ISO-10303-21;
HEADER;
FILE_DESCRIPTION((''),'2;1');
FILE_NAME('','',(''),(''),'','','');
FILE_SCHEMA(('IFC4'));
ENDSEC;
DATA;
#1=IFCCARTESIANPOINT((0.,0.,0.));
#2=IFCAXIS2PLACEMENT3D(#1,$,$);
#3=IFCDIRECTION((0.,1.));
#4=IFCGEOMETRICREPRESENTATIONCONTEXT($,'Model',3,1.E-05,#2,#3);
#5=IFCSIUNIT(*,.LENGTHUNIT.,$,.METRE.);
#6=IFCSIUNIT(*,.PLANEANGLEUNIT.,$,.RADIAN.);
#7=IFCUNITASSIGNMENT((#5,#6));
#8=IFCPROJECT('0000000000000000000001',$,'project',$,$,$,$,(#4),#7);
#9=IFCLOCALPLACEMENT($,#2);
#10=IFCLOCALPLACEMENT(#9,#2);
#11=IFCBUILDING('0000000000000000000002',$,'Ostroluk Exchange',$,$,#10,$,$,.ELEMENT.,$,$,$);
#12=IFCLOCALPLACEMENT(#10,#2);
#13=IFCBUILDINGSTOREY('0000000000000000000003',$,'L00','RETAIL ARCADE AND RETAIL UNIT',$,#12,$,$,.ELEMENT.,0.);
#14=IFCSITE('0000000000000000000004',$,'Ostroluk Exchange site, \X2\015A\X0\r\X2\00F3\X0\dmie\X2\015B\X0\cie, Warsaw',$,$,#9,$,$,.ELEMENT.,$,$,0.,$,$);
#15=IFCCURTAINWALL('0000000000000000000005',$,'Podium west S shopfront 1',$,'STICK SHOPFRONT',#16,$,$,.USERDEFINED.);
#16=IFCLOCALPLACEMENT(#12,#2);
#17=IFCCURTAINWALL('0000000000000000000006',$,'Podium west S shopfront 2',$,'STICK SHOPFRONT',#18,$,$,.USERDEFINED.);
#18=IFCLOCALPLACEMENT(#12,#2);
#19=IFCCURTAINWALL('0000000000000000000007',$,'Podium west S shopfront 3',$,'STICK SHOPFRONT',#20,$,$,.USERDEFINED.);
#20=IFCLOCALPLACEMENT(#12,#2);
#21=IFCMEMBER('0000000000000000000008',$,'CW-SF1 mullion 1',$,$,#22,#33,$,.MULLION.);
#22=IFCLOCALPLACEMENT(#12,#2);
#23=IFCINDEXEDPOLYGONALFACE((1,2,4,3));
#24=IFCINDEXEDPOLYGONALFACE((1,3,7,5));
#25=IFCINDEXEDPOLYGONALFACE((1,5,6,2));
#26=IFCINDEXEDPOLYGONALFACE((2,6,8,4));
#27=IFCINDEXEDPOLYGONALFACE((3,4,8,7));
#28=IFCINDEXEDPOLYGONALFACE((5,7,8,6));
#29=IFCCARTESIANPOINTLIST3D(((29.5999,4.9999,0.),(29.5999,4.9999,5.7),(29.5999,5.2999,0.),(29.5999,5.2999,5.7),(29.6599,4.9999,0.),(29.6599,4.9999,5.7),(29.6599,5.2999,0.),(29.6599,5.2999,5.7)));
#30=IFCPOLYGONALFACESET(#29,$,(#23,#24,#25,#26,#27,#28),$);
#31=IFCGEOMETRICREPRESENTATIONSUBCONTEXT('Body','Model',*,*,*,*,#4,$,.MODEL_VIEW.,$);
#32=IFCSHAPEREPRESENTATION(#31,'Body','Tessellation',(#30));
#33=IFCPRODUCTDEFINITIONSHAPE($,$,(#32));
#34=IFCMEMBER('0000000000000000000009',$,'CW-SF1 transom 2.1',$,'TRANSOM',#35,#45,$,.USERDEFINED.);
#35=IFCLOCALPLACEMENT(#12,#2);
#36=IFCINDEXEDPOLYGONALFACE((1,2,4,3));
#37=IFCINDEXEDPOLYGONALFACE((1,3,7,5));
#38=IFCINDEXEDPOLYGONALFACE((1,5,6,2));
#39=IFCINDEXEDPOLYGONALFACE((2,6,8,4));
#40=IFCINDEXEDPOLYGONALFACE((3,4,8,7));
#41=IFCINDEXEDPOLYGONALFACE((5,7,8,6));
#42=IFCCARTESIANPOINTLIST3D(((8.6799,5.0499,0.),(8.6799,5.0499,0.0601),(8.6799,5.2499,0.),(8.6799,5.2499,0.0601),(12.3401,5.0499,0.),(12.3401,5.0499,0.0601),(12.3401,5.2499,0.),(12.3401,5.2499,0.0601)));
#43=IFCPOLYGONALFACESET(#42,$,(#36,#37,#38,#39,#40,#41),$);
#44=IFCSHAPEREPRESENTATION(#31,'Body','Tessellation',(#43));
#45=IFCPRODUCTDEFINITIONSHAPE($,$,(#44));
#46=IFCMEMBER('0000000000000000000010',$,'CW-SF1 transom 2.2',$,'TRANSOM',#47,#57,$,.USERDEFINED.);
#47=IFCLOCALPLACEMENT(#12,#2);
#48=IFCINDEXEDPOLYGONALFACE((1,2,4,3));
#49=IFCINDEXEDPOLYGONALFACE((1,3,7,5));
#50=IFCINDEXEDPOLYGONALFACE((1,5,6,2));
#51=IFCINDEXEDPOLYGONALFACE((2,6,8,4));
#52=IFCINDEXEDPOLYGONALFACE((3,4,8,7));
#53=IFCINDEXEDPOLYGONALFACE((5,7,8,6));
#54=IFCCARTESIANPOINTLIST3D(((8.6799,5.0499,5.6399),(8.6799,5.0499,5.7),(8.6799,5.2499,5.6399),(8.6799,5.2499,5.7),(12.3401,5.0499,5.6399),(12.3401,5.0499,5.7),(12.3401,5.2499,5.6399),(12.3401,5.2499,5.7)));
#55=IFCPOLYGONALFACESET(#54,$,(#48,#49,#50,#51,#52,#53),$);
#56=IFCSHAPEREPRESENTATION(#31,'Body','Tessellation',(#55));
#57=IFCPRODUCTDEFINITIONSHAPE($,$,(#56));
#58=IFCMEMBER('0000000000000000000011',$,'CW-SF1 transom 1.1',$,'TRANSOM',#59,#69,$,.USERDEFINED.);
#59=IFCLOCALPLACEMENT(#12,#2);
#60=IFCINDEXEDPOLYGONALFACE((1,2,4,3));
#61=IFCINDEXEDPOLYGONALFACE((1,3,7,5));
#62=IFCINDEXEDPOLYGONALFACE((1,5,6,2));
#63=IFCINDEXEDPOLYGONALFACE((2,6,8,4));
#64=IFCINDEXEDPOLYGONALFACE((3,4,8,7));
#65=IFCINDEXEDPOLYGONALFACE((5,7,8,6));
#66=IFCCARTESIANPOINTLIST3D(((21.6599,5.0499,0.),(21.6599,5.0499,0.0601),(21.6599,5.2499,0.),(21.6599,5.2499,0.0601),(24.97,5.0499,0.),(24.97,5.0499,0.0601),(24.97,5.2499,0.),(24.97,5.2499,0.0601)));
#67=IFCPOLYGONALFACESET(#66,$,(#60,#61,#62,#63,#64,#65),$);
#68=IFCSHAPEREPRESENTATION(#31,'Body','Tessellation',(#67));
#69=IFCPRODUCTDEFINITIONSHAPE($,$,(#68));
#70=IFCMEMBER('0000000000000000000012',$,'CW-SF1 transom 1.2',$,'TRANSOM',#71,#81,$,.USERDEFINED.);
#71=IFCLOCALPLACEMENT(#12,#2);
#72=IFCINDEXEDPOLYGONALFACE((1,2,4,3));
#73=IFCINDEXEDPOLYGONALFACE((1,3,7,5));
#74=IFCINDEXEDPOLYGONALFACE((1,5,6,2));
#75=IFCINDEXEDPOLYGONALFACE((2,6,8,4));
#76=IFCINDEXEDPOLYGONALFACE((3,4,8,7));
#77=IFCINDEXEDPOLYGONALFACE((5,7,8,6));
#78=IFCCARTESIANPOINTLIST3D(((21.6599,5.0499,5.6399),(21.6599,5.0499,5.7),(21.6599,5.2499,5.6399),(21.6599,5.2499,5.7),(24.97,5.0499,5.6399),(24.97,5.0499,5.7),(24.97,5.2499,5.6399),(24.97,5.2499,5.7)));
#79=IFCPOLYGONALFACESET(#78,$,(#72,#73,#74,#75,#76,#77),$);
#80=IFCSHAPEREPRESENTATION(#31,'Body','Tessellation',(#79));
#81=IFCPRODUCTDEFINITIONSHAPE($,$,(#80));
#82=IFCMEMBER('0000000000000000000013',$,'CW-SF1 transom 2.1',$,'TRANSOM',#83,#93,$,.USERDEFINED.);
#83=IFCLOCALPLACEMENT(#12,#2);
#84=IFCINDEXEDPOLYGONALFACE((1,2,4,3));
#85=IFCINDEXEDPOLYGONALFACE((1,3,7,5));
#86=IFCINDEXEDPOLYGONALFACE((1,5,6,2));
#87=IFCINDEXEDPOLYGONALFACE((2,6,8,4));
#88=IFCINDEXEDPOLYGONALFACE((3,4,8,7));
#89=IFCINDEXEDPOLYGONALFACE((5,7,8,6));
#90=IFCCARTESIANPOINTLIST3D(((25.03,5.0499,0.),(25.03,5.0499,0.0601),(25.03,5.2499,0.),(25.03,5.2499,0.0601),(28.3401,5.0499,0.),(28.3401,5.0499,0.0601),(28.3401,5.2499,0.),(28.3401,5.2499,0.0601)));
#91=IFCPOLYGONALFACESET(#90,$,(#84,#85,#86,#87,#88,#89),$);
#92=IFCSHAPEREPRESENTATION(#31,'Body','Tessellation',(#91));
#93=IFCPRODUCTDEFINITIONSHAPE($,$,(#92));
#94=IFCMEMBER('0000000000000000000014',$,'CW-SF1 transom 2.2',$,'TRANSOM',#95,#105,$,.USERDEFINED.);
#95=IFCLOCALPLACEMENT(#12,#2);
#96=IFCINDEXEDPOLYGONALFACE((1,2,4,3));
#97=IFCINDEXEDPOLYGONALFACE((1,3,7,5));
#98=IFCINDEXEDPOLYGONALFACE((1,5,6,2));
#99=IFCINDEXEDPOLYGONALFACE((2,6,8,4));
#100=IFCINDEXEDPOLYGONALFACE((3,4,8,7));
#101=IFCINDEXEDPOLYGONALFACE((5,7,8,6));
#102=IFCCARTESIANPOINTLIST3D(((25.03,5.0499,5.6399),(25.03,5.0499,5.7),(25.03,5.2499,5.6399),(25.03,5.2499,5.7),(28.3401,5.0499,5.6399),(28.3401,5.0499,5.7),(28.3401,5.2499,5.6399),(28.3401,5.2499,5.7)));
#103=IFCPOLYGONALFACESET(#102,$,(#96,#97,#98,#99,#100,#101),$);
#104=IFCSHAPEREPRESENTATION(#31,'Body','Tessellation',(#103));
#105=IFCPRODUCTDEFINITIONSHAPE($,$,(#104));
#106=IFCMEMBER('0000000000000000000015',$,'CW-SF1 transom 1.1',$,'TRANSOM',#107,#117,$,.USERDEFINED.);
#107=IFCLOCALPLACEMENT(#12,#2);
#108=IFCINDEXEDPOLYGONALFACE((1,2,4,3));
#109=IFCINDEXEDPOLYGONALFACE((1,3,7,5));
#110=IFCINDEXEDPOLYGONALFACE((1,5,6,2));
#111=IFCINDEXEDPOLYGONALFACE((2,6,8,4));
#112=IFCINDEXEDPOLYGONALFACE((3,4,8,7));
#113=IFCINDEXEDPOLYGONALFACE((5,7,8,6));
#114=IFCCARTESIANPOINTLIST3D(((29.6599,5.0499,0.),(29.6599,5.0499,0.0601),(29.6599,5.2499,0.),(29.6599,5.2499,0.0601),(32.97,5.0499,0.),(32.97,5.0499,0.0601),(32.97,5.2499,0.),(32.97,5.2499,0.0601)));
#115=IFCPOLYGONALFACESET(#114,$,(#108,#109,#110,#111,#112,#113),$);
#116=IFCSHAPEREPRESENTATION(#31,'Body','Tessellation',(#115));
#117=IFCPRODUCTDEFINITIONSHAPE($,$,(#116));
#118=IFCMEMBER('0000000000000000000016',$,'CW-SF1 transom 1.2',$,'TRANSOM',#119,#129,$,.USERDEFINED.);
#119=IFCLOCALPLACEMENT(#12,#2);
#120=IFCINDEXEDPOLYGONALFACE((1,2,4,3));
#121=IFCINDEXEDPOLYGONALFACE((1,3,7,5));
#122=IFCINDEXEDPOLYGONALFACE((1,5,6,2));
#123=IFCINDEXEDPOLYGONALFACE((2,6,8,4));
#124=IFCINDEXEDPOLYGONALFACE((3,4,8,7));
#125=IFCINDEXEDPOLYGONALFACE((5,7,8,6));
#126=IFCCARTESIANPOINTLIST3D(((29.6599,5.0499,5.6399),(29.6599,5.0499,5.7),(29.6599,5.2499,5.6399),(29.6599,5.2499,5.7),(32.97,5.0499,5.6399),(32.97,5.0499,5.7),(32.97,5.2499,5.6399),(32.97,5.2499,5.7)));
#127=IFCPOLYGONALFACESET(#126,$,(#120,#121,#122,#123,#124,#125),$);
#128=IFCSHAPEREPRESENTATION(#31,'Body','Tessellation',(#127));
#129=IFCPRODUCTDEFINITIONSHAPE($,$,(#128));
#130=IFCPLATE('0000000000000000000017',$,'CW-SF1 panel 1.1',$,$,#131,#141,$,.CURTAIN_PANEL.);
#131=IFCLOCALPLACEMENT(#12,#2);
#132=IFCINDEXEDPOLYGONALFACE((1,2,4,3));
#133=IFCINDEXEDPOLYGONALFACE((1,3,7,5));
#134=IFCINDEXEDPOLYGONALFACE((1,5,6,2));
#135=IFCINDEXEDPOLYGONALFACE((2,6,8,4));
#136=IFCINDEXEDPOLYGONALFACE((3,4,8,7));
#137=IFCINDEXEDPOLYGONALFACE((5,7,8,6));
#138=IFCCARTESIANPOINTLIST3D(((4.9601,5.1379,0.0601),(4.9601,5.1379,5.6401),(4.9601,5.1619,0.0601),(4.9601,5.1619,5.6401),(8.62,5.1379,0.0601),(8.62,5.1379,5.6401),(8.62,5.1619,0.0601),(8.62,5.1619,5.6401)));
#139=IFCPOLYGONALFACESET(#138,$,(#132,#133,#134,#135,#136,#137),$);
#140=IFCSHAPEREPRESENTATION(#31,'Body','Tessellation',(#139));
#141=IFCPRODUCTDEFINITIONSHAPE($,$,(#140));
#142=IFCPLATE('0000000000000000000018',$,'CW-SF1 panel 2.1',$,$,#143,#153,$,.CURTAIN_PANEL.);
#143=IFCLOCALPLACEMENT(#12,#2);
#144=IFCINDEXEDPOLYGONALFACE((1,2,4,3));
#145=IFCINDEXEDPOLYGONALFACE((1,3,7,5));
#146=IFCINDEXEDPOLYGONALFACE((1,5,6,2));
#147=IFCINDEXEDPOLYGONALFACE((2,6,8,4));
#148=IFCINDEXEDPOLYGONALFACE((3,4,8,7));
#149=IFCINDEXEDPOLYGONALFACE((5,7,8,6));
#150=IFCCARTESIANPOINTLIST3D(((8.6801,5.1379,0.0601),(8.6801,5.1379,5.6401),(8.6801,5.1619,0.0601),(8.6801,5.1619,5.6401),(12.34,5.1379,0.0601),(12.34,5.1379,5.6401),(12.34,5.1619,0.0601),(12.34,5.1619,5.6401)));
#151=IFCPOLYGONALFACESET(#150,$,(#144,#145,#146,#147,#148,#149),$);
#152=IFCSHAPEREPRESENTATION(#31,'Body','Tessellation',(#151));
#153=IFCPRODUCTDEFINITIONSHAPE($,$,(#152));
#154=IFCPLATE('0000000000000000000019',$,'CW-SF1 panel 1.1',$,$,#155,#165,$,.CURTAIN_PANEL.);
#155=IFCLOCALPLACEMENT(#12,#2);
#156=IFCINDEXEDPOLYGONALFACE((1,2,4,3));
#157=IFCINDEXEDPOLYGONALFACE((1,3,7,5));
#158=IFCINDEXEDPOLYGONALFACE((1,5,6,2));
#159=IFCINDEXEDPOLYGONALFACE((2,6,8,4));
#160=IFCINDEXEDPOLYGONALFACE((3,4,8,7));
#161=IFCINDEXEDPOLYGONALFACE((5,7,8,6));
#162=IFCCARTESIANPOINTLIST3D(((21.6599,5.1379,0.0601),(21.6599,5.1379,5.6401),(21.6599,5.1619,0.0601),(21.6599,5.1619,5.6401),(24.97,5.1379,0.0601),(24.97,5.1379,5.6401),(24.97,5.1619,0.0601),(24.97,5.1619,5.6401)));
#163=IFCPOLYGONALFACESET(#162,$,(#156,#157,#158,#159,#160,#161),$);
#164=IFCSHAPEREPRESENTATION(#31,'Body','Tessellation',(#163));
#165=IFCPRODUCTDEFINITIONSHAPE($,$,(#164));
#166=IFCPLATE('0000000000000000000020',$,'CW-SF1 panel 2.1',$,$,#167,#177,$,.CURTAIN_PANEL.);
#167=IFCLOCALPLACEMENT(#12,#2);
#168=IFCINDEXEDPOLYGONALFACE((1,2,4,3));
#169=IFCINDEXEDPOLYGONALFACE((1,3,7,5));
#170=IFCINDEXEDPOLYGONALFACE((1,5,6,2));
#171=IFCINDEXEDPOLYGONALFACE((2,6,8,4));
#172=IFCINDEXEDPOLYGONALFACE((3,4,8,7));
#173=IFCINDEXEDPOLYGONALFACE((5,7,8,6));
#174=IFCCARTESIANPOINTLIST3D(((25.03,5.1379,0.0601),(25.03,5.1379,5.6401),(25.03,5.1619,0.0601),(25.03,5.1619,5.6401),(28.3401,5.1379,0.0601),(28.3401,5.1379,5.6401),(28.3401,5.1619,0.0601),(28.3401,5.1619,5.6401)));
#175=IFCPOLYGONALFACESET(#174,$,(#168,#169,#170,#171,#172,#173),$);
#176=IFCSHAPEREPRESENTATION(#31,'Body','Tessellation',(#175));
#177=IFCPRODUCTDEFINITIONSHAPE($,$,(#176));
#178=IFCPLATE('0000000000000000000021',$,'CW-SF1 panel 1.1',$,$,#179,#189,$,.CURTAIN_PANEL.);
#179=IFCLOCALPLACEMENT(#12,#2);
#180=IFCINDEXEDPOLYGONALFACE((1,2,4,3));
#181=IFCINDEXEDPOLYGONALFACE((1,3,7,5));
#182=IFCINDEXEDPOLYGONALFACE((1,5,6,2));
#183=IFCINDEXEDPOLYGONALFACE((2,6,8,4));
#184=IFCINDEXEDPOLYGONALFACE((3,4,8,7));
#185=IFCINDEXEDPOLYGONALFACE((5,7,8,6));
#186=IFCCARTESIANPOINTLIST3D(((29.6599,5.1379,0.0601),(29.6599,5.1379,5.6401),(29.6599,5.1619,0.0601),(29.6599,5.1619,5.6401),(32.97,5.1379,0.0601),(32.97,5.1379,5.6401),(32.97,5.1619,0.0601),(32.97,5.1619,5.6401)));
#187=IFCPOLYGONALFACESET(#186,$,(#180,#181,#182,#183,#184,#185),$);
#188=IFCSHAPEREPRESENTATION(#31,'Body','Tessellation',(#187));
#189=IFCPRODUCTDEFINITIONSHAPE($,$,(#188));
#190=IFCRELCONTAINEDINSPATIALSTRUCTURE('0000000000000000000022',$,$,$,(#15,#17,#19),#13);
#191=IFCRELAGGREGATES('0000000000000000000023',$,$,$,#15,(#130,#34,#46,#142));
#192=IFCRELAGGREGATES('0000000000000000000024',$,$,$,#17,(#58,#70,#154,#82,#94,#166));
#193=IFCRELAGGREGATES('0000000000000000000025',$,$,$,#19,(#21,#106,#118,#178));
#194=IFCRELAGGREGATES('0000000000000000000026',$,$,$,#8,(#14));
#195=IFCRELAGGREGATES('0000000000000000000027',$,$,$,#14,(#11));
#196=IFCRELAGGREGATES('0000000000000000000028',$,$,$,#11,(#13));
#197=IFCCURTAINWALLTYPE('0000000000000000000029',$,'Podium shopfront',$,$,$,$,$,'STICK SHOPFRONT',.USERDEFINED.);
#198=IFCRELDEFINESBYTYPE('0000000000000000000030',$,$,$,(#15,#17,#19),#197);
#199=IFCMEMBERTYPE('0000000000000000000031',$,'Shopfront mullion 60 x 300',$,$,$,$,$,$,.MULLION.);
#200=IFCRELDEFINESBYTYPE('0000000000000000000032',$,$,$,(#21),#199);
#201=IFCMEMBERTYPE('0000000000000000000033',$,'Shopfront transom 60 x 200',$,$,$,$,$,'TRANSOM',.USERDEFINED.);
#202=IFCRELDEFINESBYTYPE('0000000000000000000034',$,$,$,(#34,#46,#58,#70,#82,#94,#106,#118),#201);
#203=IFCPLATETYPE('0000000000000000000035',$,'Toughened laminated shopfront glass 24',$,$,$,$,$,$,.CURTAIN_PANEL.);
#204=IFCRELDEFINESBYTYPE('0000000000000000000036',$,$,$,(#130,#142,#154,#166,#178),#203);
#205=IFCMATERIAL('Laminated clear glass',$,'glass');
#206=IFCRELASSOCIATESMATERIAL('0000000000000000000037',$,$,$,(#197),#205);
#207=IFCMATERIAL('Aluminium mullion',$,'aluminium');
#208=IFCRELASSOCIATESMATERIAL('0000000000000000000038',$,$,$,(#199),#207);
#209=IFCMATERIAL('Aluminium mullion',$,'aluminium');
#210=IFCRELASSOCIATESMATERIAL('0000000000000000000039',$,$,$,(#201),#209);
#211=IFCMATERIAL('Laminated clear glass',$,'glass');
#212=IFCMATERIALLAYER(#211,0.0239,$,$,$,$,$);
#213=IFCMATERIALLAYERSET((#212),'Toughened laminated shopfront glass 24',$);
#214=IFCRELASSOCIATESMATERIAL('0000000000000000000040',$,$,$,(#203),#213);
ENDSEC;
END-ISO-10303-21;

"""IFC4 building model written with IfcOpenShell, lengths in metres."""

from ifc_helpers import new_model, si_unit, direction, frame, origin, origin_2d, place, context, subcontext, project, spatial, rectangle, extrude, material, layer, layer_set, material_profile, profile_set, type_object, element, aggregate, save


model = new_model("IFC4")

# Units and contexts
model_context = context("Model", 3, precision=1e-05, world=origin(), true_north=direction((0.0, 1.0)))
body_context = subcontext(model_context, "Body", "Model", "MODEL_VIEW")
ifc_project = project(units=[si_unit("LENGTHUNIT", "METRE"), si_unit("PLANEANGLEUNIT", "RADIAN")], contexts=[model_context])

# Site, building, storey
site_placement = place(None, origin())
site = spatial("IfcSite", under=ifc_project, at=site_placement, Name="Ostroluk Exchange site, Śródmieście, Warsaw", CompositionType="ELEMENT", RefElevation=0.0)
building_placement = place(site_placement, origin())
building = spatial("IfcBuilding", under=site, at=building_placement, Name="Ostroluk Exchange", CompositionType="ELEMENT")
storey_placement = place(building_placement, origin())
storey = spatial("IfcBuildingStorey", under=building, at=storey_placement, Name="L00", Description="RETAIL ARCADE AND RETAIL UNIT", CompositionType="ELEMENT", Elevation=0.0)

# Curtain walls
ifc_material_1 = material(Name="Laminated clear glass", Category="glass")
curtain_wall_type = type_object("IfcCurtainWallType", Name="Podium shopfront", ElementType="STICK SHOPFRONT", PredefinedType="USERDEFINED", material=ifc_material_1)
curtain_wall_1_placement = place(storey_placement, origin())
curtain_wall_1 = element("IfcCurtainWall", 1, at=curtain_wall_1_placement, inside=storey, type_object=curtain_wall_type, Name="Podium west S shopfront 1", ObjectType="STICK SHOPFRONT", PredefinedType="USERDEFINED")
ifc_material_2 = material(Name="Aluminium mullion", Category="aluminium")
ifc_material_profile_1 = material_profile(ifc_material_2, rectangle(XDim=0.3, YDim=0.0601, at=origin_2d()), Name="Shopfront mullion 60 x 300")
ifc_profile_set_1 = profile_set([ifc_material_profile_1], Name="Aluminium mullion")
member_type_1 = type_object("IfcMemberType", Name="Shopfront mullion 60 x 300", PredefinedType="MULLION", material=ifc_profile_set_1)
curtain_wall_2_placement = place(storey_placement, origin())
curtain_wall_2 = element("IfcCurtainWall", 2, at=curtain_wall_2_placement, inside=storey, type_object=curtain_wall_type, Name="Podium west S shopfront 2", ObjectType="STICK SHOPFRONT", PredefinedType="USERDEFINED")

# Curtain wall, member
curtain_wall_3_placement = place(storey_placement, origin())
curtain_wall_3 = element("IfcCurtainWall", 3, at=curtain_wall_3_placement, inside=storey, type_object=curtain_wall_type, Name="Podium west S shopfront 3", ObjectType="STICK SHOPFRONT", PredefinedType="USERDEFINED")
member_1_placement = place(storey_placement, frame((29.6299, 5.1499, 0.0), z_axis=(0.0, 0.0, 1.0), x_axis=(0.0, 1.0, 0.0)))
member_1 = element("IfcMember", 4, at=member_1_placement, type_object=member_type_1, Name="CW-SF1 mullion 1", PredefinedType="MULLION", context=body_context, shape_type="SweptSolid", body=[
    extrude(rectangle(XDim=0.3, YDim=0.0601, at=origin_2d()), origin(), (0.0, 0.0, 1.0), 5.7),
])

# Members
ifc_material_3 = material(Name="Aluminium mullion", Category="aluminium")
ifc_material_profile_2 = material_profile(ifc_material_3, rectangle(XDim=0.2, YDim=0.0601, at=origin_2d()), Name="Shopfront transom 60 x 200")
ifc_profile_set_2 = profile_set([ifc_material_profile_2], Name="Aluminium mullion")
member_type_2 = type_object("IfcMemberType", Name="Shopfront transom 60 x 200", ElementType="TRANSOM", PredefinedType="USERDEFINED", material=ifc_profile_set_2)
member_2_placement = place(storey_placement, frame((8.6799, 5.1499, 0.03), z_axis=(1.0, 0.0, 0.0), x_axis=(0.0, 1.0, 0.0)))
member_2 = element("IfcMember", 5, at=member_2_placement, type_object=member_type_2, Name="CW-SF1 transom 2.1", ObjectType="TRANSOM", PredefinedType="USERDEFINED", context=body_context, shape_type="SweptSolid", body=[
    extrude(rectangle(XDim=0.2, YDim=0.0601, at=origin_2d()), origin(), (0.0, 0.0, 1.0), 3.6602),
])
member_3_placement = place(storey_placement, frame((8.6799, 5.1499, 5.6699), z_axis=(1.0, 0.0, 0.0), x_axis=(0.0, 1.0, 0.0)))
member_3 = element("IfcMember", 6, at=member_3_placement, type_object=member_type_2, Name="CW-SF1 transom 2.2", ObjectType="TRANSOM", PredefinedType="USERDEFINED", context=body_context, shape_type="SweptSolid", body=[
    extrude(rectangle(XDim=0.2, YDim=0.0601, at=origin_2d()), origin(), (0.0, 0.0, 1.0), 3.6602),
])
member_4_placement = place(storey_placement, frame((21.6599, 5.1499, 0.03), z_axis=(1.0, 0.0, 0.0), x_axis=(0.0, 1.0, 0.0)))
member_4 = element("IfcMember", 7, at=member_4_placement, type_object=member_type_2, Name="CW-SF1 transom 1.1", ObjectType="TRANSOM", PredefinedType="USERDEFINED", context=body_context, shape_type="SweptSolid", body=[
    extrude(rectangle(XDim=0.2, YDim=0.0601, at=origin_2d()), origin(), (0.0, 0.0, 1.0), 3.3101),
])
member_5_placement = place(storey_placement, frame((21.6599, 5.1499, 5.6699), z_axis=(1.0, 0.0, 0.0), x_axis=(0.0, 1.0, 0.0)))
member_5 = element("IfcMember", 8, at=member_5_placement, type_object=member_type_2, Name="CW-SF1 transom 1.2", ObjectType="TRANSOM", PredefinedType="USERDEFINED", context=body_context, shape_type="SweptSolid", body=[
    extrude(rectangle(XDim=0.2, YDim=0.0601, at=origin_2d()), origin(), (0.0, 0.0, 1.0), 3.3101),
])
member_6_placement = place(storey_placement, frame((25.03, 5.1499, 0.03), z_axis=(1.0, 0.0, 0.0), x_axis=(0.0, 1.0, 0.0)))
member_6 = element("IfcMember", 9, at=member_6_placement, type_object=member_type_2, Name="CW-SF1 transom 2.1", ObjectType="TRANSOM", PredefinedType="USERDEFINED", context=body_context, shape_type="SweptSolid", body=[
    extrude(rectangle(XDim=0.2, YDim=0.0601, at=origin_2d()), origin(), (0.0, 0.0, 1.0), 3.3101),
])
member_7_placement = place(storey_placement, frame((25.03, 5.1499, 5.6699), z_axis=(1.0, 0.0, 0.0), x_axis=(0.0, 1.0, 0.0)))
member_7 = element("IfcMember", 10, at=member_7_placement, type_object=member_type_2, Name="CW-SF1 transom 2.2", ObjectType="TRANSOM", PredefinedType="USERDEFINED", context=body_context, shape_type="SweptSolid", body=[
    extrude(rectangle(XDim=0.2, YDim=0.0601, at=origin_2d()), origin(), (0.0, 0.0, 1.0), 3.3101),
])
member_8_placement = place(storey_placement, frame((29.6599, 5.1499, 0.03), z_axis=(1.0, 0.0, 0.0), x_axis=(0.0, 1.0, 0.0)))
member_8 = element("IfcMember", 11, at=member_8_placement, type_object=member_type_2, Name="CW-SF1 transom 1.1", ObjectType="TRANSOM", PredefinedType="USERDEFINED", context=body_context, shape_type="SweptSolid", body=[
    extrude(rectangle(XDim=0.2, YDim=0.0601, at=origin_2d()), origin(), (0.0, 0.0, 1.0), 3.3101),
])
member_9_placement = place(storey_placement, frame((29.6599, 5.1499, 5.6699), z_axis=(1.0, 0.0, 0.0), x_axis=(0.0, 1.0, 0.0)))
member_9 = element("IfcMember", 12, at=member_9_placement, type_object=member_type_2, Name="CW-SF1 transom 1.2", ObjectType="TRANSOM", PredefinedType="USERDEFINED", context=body_context, shape_type="SweptSolid", body=[
    extrude(rectangle(XDim=0.2, YDim=0.0601, at=origin_2d()), origin(), (0.0, 0.0, 1.0), 3.3101),
])

# Plates
ifc_material_4 = material(Name="Laminated clear glass", Category="glass")
ifc_layer_1 = layer(ifc_material_4, 0.0239)
ifc_layer_set_1 = layer_set([ifc_layer_1], Name="Toughened laminated shopfront glass 24")
plate_type = type_object("IfcPlateType", Name="Toughened laminated shopfront glass 24", PredefinedType="CURTAIN_PANEL", material=ifc_layer_set_1)
plate_1_placement = place(storey_placement, frame((6.79, 5.1499, 0.0601), z_axis=(0.0, 0.0, 1.0), x_axis=(1.0, 0.0, 0.0)))
plate_1 = element("IfcPlate", 13, at=plate_1_placement, type_object=plate_type, Name="CW-SF1 panel 1.1", PredefinedType="CURTAIN_PANEL", context=body_context, shape_type="SweptSolid", body=[
    extrude(rectangle(XDim=3.6599, YDim=0.0239, at=origin_2d()), origin(), (0.0, 0.0, 1.0), 5.5801),
])
plate_2_placement = place(storey_placement, frame((10.51, 5.1499, 0.0601), z_axis=(0.0, 0.0, 1.0), x_axis=(1.0, 0.0, 0.0)))
plate_2 = element("IfcPlate", 14, at=plate_2_placement, type_object=plate_type, Name="CW-SF1 panel 2.1", PredefinedType="CURTAIN_PANEL", context=body_context, shape_type="SweptSolid", body=[
    extrude(rectangle(XDim=3.6599, YDim=0.0239, at=origin_2d()), origin(), (0.0, 0.0, 1.0), 5.5801),
])
aggregate(curtain_wall_1, [plate_1, member_2, member_3, plate_2])
plate_3_placement = place(storey_placement, frame((23.3149, 5.1499, 0.0601), z_axis=(0.0, 0.0, 1.0), x_axis=(1.0, 0.0, 0.0)))
plate_3 = element("IfcPlate", 15, at=plate_3_placement, type_object=plate_type, Name="CW-SF1 panel 1.1", PredefinedType="CURTAIN_PANEL", context=body_context, shape_type="SweptSolid", body=[
    extrude(rectangle(XDim=3.3101, YDim=0.0239, at=origin_2d()), origin(), (0.0, 0.0, 1.0), 5.5801),
])
plate_4_placement = place(storey_placement, frame((26.6851, 5.1499, 0.0601), z_axis=(0.0, 0.0, 1.0), x_axis=(1.0, 0.0, 0.0)))
plate_4 = element("IfcPlate", 16, at=plate_4_placement, type_object=plate_type, Name="CW-SF1 panel 2.1", PredefinedType="CURTAIN_PANEL", context=body_context, shape_type="SweptSolid", body=[
    extrude(rectangle(XDim=3.3101, YDim=0.0239, at=origin_2d()), origin(), (0.0, 0.0, 1.0), 5.5801),
])
aggregate(curtain_wall_2, [member_4, member_5, plate_3, member_6, member_7, plate_4])
plate_5_placement = place(storey_placement, frame((31.3149, 5.1499, 0.0601), z_axis=(0.0, 0.0, 1.0), x_axis=(1.0, 0.0, 0.0)))
plate_5 = element("IfcPlate", 17, at=plate_5_placement, type_object=plate_type, Name="CW-SF1 panel 1.1", PredefinedType="CURTAIN_PANEL", context=body_context, shape_type="SweptSolid", body=[
    extrude(rectangle(XDim=3.3101, YDim=0.0239, at=origin_2d()), origin(), (0.0, 0.0, 1.0), 5.5801),
])
aggregate(curtain_wall_3, [member_1, member_8, member_9, plate_5])

save(model, "model.ifc")
